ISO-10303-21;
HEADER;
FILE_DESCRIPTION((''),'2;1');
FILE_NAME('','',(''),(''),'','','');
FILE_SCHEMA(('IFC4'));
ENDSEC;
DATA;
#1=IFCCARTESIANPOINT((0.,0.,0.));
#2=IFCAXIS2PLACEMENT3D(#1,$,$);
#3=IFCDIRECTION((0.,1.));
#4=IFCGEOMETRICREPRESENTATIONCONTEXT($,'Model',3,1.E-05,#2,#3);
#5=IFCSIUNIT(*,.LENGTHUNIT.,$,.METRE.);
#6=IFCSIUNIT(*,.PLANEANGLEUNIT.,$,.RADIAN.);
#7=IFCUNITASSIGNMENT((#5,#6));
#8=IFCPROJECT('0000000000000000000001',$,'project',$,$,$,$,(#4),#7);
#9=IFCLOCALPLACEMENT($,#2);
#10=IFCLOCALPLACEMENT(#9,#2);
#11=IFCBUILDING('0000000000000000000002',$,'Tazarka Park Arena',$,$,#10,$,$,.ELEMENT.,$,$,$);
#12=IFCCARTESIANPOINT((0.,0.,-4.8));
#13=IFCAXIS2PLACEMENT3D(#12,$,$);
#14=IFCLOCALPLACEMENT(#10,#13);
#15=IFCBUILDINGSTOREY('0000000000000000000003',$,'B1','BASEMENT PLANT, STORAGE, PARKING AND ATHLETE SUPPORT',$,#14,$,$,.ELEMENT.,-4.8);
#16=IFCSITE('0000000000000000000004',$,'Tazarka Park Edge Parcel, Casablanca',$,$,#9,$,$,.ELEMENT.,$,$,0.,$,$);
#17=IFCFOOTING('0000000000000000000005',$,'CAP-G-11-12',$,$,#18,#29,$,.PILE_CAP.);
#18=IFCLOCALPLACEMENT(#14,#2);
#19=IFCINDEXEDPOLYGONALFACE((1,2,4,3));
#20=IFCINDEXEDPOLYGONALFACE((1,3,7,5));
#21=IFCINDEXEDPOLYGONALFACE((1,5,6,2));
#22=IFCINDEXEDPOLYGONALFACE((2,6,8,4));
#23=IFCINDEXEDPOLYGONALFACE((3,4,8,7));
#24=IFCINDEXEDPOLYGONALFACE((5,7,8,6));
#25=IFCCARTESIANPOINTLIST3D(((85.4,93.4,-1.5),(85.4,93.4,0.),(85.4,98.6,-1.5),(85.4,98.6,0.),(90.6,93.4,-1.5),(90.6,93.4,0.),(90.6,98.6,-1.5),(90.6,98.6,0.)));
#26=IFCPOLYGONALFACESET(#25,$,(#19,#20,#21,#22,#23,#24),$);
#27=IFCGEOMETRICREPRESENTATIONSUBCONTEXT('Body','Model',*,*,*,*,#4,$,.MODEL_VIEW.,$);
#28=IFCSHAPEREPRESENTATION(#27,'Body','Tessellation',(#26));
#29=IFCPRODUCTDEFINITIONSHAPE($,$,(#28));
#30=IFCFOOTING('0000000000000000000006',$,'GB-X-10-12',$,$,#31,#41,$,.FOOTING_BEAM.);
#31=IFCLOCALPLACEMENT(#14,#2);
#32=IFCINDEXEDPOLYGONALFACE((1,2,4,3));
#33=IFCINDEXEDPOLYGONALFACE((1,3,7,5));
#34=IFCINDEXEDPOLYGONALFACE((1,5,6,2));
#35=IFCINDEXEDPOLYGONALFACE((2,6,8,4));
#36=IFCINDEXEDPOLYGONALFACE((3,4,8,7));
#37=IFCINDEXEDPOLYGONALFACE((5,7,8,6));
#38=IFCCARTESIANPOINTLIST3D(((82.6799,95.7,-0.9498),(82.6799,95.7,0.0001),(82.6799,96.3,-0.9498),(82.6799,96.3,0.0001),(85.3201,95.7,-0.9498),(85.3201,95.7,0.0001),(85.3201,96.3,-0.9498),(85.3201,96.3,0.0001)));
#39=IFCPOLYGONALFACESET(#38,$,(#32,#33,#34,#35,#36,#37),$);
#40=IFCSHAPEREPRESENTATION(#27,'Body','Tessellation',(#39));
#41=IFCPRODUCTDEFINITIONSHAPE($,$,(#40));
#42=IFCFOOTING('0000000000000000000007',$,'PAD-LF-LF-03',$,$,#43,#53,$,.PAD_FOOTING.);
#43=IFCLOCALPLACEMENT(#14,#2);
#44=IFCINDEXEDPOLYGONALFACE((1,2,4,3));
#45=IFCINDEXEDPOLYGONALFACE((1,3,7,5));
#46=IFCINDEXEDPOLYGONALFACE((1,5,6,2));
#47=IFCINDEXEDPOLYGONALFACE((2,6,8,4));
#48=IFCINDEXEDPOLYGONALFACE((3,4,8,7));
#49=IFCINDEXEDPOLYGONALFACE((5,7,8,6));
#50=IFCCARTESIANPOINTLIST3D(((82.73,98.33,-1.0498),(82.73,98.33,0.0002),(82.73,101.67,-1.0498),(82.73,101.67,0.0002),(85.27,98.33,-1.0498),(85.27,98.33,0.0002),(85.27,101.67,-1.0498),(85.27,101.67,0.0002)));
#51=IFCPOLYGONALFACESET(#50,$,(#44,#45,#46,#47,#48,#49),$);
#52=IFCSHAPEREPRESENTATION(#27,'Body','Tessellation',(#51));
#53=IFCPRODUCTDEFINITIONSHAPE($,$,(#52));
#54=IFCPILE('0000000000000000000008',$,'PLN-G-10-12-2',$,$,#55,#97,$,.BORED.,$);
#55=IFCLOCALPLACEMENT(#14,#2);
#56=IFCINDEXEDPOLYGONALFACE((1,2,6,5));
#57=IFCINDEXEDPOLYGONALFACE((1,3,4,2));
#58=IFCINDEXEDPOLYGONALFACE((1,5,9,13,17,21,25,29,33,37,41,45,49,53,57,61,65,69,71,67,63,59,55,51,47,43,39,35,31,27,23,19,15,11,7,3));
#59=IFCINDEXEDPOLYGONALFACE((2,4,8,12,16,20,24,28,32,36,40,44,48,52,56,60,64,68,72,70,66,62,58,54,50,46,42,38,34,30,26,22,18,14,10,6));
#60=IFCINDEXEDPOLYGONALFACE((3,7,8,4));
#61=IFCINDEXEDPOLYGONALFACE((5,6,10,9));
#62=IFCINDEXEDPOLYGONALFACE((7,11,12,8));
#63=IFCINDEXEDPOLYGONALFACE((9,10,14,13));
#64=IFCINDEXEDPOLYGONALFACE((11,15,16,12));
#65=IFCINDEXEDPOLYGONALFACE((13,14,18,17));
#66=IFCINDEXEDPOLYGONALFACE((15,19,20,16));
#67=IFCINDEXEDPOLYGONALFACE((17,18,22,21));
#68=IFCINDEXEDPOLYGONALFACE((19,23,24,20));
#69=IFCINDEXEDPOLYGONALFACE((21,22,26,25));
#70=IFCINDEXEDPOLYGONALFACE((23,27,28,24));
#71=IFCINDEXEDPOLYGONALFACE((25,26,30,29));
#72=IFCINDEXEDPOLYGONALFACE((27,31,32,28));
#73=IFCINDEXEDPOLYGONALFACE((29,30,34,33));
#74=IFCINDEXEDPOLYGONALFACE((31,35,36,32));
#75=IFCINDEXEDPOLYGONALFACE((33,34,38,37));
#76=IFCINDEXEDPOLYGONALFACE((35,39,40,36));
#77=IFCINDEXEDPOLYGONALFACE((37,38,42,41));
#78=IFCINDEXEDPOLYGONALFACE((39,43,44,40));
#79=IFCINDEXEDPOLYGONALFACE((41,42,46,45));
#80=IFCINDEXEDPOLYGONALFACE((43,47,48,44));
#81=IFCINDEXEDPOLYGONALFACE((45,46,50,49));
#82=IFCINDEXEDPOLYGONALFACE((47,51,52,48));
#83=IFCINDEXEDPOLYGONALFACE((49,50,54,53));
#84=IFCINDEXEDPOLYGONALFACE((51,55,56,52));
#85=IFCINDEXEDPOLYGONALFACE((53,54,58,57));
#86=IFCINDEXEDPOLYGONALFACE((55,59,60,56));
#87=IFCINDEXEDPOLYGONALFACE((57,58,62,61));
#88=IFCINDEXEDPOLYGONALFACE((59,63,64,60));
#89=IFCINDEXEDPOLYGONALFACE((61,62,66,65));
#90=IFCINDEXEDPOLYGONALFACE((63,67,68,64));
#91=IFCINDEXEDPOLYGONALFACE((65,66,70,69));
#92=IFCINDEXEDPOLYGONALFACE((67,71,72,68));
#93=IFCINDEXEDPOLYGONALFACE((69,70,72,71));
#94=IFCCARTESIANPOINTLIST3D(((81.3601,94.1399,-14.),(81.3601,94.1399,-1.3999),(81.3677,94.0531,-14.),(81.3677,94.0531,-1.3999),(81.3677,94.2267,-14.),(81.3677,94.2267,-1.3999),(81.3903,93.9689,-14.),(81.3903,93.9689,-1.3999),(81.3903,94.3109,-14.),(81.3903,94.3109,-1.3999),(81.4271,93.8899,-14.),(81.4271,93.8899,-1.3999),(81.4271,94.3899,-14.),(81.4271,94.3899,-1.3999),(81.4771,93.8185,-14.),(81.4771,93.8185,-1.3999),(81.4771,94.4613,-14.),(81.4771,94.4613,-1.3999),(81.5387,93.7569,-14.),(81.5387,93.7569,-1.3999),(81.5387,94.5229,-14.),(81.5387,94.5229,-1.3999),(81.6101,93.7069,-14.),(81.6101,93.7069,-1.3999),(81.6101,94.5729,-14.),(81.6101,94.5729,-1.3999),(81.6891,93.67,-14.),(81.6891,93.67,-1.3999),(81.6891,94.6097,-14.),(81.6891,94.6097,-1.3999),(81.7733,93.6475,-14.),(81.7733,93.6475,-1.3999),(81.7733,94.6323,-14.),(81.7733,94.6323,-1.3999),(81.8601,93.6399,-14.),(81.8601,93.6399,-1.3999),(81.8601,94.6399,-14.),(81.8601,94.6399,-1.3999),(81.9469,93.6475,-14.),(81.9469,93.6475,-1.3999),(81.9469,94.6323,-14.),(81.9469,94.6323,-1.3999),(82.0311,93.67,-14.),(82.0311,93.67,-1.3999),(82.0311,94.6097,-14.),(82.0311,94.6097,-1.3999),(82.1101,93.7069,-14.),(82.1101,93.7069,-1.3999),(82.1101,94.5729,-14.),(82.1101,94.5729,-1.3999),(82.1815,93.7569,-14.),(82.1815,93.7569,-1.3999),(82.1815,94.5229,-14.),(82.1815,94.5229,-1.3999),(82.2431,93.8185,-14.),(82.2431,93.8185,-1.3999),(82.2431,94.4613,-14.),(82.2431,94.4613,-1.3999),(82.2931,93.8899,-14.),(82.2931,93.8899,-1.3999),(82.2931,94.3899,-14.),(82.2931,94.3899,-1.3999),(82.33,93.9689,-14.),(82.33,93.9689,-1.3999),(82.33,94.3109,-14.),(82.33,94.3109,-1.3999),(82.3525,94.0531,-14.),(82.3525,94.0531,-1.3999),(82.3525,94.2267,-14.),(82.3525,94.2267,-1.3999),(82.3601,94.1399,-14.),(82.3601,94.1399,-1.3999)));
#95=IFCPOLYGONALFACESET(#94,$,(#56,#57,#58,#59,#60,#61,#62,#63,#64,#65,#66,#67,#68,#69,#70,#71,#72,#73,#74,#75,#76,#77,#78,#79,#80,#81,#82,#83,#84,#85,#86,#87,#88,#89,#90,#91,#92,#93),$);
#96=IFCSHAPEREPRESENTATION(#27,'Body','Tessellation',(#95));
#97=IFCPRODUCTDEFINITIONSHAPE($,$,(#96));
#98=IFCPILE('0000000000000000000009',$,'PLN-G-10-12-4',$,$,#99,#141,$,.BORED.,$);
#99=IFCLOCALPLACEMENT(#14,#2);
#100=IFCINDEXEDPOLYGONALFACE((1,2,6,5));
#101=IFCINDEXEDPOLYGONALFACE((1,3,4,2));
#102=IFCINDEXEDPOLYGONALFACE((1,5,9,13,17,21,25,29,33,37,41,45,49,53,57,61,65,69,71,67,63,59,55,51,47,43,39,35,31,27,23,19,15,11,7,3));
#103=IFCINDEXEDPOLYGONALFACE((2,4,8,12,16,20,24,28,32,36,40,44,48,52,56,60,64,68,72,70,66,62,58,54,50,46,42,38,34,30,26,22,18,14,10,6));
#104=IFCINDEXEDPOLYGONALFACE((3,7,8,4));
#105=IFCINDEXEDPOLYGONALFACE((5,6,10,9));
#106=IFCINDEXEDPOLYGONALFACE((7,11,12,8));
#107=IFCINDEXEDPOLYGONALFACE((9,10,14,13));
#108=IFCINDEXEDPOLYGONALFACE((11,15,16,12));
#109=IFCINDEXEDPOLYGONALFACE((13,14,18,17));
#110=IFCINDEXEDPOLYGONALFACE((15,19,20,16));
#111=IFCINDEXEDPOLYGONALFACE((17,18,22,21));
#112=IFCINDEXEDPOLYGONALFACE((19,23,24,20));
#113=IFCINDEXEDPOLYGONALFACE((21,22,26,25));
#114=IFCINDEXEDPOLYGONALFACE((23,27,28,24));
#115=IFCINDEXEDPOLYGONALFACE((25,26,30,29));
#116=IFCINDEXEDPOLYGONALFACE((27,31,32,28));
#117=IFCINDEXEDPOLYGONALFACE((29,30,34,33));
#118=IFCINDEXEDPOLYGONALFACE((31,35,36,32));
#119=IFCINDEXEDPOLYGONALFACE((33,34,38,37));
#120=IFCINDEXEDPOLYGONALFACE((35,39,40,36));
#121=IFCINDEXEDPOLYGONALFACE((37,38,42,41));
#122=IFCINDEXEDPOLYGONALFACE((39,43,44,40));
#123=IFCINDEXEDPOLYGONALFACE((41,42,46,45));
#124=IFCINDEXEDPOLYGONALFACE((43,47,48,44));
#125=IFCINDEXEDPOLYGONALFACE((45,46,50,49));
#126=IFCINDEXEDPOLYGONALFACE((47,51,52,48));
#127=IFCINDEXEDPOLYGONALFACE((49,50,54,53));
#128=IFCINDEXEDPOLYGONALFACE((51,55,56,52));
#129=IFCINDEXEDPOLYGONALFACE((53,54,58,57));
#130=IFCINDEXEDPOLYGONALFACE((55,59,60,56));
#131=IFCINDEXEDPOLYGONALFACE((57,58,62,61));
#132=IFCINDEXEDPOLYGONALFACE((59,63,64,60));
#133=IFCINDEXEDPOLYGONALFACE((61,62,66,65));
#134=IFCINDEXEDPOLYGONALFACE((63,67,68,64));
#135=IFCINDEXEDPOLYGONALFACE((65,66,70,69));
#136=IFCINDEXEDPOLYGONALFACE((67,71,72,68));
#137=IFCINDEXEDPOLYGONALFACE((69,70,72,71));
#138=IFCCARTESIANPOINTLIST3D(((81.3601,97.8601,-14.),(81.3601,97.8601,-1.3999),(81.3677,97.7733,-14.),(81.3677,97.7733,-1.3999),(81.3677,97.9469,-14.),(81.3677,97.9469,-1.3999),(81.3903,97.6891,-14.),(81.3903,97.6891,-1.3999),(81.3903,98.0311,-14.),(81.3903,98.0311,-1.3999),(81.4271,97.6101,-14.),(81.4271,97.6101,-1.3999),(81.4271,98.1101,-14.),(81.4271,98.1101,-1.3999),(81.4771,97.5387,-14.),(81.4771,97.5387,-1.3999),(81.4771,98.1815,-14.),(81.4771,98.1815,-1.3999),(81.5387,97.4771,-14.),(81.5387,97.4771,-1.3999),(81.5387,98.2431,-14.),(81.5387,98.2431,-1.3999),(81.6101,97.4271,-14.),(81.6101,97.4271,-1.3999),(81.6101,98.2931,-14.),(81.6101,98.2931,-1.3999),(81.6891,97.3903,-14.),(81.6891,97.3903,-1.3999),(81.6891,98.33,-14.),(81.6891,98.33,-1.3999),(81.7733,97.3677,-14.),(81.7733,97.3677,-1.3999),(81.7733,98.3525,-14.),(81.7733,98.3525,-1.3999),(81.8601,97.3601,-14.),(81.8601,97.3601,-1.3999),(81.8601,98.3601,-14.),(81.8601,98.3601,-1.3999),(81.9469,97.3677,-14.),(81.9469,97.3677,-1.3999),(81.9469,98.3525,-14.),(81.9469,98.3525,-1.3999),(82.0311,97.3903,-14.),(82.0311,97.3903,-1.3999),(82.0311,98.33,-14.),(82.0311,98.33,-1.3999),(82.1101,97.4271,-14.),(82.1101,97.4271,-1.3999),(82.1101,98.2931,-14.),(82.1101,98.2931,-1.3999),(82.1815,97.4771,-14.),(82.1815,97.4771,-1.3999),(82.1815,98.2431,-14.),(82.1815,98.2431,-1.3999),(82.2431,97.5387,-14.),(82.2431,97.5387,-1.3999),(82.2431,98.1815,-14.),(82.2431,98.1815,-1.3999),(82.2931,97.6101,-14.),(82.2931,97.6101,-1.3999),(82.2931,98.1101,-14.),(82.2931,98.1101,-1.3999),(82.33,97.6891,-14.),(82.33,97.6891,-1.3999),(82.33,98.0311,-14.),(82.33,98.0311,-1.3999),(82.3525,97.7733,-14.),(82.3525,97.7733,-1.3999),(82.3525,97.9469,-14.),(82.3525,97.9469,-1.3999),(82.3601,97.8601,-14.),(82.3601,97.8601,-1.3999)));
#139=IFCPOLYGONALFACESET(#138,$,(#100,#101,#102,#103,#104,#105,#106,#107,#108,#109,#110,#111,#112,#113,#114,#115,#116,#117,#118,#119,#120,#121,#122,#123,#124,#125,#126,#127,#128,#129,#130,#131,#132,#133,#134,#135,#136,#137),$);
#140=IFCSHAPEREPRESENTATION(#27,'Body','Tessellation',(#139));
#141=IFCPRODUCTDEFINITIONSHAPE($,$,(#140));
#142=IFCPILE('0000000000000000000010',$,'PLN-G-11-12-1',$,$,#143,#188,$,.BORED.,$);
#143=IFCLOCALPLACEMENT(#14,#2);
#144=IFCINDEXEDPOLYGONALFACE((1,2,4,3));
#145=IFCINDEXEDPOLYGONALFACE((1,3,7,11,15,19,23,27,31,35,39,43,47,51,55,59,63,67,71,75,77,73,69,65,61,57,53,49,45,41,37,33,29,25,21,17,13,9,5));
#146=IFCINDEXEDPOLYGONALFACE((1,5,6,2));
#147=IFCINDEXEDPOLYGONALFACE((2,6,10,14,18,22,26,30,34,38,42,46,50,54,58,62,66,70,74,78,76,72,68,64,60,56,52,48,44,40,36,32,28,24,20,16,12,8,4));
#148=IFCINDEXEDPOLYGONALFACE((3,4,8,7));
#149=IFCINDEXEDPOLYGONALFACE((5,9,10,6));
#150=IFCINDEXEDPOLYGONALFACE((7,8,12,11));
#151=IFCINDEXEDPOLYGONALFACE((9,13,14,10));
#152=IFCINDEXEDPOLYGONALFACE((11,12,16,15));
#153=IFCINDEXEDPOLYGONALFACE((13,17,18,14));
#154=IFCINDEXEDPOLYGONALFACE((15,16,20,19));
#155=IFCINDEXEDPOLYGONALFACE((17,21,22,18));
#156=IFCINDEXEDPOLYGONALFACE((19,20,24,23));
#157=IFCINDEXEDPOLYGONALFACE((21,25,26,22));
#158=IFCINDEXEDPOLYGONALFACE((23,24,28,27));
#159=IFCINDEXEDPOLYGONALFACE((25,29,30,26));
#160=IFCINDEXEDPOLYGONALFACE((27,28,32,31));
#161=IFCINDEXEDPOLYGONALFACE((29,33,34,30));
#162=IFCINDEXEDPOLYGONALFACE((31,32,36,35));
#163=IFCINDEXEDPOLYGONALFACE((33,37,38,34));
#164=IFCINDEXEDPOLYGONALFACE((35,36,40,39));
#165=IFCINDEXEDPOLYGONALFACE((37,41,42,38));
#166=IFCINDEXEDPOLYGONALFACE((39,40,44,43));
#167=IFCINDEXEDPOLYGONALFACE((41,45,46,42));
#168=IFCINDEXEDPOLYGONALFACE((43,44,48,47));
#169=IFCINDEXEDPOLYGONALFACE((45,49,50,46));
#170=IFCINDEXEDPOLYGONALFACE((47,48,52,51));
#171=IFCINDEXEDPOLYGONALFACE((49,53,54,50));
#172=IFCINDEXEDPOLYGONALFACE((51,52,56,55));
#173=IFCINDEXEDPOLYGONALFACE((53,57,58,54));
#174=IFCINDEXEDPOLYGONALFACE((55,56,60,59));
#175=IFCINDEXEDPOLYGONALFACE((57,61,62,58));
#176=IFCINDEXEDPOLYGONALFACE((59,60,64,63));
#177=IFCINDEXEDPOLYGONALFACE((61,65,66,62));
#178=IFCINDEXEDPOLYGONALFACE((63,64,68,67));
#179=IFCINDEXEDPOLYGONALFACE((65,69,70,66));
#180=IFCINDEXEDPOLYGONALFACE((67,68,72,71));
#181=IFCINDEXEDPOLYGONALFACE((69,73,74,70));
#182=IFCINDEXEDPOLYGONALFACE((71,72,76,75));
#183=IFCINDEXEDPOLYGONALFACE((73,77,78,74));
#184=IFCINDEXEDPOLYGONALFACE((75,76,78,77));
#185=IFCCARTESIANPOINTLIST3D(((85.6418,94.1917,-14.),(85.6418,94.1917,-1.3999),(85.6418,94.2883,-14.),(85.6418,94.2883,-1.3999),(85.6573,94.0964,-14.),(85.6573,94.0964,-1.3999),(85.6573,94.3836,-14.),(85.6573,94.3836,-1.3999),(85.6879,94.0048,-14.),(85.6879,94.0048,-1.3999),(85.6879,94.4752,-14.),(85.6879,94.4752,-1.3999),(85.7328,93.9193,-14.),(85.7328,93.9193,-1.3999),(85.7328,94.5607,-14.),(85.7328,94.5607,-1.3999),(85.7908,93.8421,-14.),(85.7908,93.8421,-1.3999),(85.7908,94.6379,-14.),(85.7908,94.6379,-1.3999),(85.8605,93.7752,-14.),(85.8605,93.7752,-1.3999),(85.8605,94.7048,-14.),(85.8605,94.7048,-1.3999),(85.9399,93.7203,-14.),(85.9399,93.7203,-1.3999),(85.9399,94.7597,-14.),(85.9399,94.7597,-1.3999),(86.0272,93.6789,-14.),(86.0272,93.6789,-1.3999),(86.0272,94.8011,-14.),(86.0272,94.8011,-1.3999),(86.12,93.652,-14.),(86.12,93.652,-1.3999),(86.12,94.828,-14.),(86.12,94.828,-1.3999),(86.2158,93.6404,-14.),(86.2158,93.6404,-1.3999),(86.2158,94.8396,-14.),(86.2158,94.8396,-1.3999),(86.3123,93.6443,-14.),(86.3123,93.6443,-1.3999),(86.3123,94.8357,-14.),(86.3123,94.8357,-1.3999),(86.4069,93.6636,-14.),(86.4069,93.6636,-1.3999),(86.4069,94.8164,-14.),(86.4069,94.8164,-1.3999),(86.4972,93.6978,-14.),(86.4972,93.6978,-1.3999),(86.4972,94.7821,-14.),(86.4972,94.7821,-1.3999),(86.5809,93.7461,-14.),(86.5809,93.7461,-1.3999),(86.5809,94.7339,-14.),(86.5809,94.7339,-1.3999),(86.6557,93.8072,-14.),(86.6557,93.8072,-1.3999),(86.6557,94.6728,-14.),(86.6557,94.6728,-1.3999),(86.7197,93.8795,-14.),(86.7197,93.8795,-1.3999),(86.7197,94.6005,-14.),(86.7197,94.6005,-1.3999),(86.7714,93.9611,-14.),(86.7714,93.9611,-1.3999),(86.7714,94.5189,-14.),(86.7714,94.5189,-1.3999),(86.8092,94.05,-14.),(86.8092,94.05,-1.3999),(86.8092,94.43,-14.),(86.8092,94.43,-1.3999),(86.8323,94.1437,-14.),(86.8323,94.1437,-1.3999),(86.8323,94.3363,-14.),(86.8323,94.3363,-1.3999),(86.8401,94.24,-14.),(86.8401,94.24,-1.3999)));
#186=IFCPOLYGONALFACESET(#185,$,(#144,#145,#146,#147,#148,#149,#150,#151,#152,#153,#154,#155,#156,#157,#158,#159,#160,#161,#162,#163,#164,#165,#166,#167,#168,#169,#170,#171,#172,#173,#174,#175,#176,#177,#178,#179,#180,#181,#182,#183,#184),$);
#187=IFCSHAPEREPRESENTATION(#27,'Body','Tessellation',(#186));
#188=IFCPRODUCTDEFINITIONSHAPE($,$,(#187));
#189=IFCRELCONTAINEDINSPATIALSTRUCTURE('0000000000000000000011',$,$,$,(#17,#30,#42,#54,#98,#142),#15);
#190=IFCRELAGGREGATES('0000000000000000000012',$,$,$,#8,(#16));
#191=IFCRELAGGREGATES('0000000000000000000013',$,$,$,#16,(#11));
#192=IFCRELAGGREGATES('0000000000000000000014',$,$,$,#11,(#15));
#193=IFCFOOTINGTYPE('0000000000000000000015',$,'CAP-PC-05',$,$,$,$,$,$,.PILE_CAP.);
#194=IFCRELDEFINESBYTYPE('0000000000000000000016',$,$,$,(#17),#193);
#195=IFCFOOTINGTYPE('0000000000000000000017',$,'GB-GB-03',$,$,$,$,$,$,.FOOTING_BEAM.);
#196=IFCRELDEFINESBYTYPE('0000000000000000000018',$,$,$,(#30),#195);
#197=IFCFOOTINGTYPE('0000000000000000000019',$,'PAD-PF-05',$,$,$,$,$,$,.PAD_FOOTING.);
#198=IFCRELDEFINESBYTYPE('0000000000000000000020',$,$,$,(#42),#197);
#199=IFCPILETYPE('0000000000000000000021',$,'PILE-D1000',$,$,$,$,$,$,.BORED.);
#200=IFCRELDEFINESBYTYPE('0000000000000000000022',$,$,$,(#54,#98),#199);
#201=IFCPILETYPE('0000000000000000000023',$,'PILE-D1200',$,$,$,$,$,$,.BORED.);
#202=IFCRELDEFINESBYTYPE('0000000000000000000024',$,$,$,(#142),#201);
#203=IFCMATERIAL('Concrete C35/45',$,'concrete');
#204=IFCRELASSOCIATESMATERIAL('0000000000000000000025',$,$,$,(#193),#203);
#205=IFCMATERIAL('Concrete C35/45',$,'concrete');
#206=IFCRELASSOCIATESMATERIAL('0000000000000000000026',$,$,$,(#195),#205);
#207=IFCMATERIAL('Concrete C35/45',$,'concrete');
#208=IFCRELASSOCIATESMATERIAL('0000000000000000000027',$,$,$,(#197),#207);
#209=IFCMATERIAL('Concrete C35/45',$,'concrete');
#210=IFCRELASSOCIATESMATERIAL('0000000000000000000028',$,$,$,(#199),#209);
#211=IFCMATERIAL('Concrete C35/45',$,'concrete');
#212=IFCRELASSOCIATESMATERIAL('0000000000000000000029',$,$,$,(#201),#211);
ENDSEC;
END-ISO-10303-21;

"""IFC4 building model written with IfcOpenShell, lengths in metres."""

from ifc_helpers import new_model, si_unit, direction, frame, origin, origin_2d, place, context, subcontext, project, spatial, rectangle, circle, extrude, material, material_profile, profile_set, type_object, element, save


model = new_model("IFC4")

# Units and contexts
model_context = context("Model", 3, precision=1e-05, world=origin(), true_north=direction((0.0, 1.0)))
body_context = subcontext(model_context, "Body", "Model", "MODEL_VIEW")
ifc_project = project(units=[si_unit("LENGTHUNIT", "METRE"), si_unit("PLANEANGLEUNIT", "RADIAN")], contexts=[model_context])

# Site, building, storey
site_placement = place(None, origin())
site = spatial("IfcSite", under=ifc_project, at=site_placement, Name="Tazarka Park Edge Parcel, Casablanca", CompositionType="ELEMENT", RefElevation=0.0)
building_placement = place(site_placement, origin())
building = spatial("IfcBuilding", under=site, at=building_placement, Name="Tazarka Park Arena", CompositionType="ELEMENT")
storey_placement = place(building_placement, frame((0.0, 0.0, -4.8)))
storey = spatial("IfcBuildingStorey", under=building, at=storey_placement, Name="B1", Description="BASEMENT PLANT, STORAGE, PARKING AND ATHLETE SUPPORT", CompositionType="ELEMENT", Elevation=-4.8)

# Footings
ifc_material_1 = material(Name="Concrete C35/45", Category="concrete")
footing_type_1 = type_object("IfcFootingType", Name="CAP-PC-05", PredefinedType="PILE_CAP", material=ifc_material_1)
footing_1_placement = place(storey_placement, frame((88.0, 96.0, -1.5), z_axis=(0.0, 0.0, 1.0), x_axis=(1.0, 0.0, 0.0)))
element("IfcFooting", 1, at=footing_1_placement, inside=storey, type_object=footing_type_1, Name="CAP-G-11-12", PredefinedType="PILE_CAP", context=body_context, shape_type="SweptSolid", body=[
    extrude(rectangle(XDim=5.2, YDim=5.2, at=origin_2d()), origin(), (0.0, 0.0, 1.0), 1.5),
])
ifc_material_2 = material(Name="Concrete C35/45", Category="concrete")
ifc_material_profile_1 = material_profile(ifc_material_2, rectangle(XDim=0.6001, YDim=0.95, at=origin_2d()), Name="Concrete C35/45")
ifc_profile_set_1 = profile_set([ifc_material_profile_1], Name="Concrete C35/45")
footing_type_2 = type_object("IfcFootingType", Name="GB-GB-03", PredefinedType="FOOTING_BEAM", material=ifc_profile_set_1)
footing_2_placement = place(storey_placement, frame((82.6799, 96.0, -0.4749), z_axis=(1.0, 0.0, 0.0), x_axis=(0.0, 1.0, 0.0)))
element("IfcFooting", 2, at=footing_2_placement, inside=storey, type_object=footing_type_2, Name="GB-X-10-12", PredefinedType="FOOTING_BEAM", context=body_context, shape_type="SweptSolid", body=[
    extrude(rectangle(XDim=0.6001, YDim=0.95, at=origin_2d()), origin(), (0.0, 0.0, 1.0), 2.6401),
])
ifc_material_3 = material(Name="Concrete C35/45", Category="concrete")
footing_type_3 = type_object("IfcFootingType", Name="PAD-PF-05", PredefinedType="PAD_FOOTING", material=ifc_material_3)
footing_3_placement = place(storey_placement, frame((84.0, 100.0, -1.0498), z_axis=(0.0, 0.0, 1.0), x_axis=(1.0, 0.0, 0.0)))
element("IfcFooting", 3, at=footing_3_placement, inside=storey, type_object=footing_type_3, Name="PAD-LF-LF-03", PredefinedType="PAD_FOOTING", context=body_context, shape_type="SweptSolid", body=[
    extrude(rectangle(XDim=2.54, YDim=3.3401, at=origin_2d()), origin(), (0.0, 0.0, 1.0), 1.05),
])

# Piles
ifc_material_4 = material(Name="Concrete C35/45", Category="concrete")
ifc_material_profile_2 = material_profile(ifc_material_4, circle(Radius=0.5, at=origin_2d()), Name="Concrete C35/45")
ifc_profile_set_2 = profile_set([ifc_material_profile_2], Name="Concrete C35/45")
pile_type_1 = type_object("IfcPileType", Name="PILE-D1000", PredefinedType="BORED", material=ifc_profile_set_2)
for number, where, z_axis, x_axis, name in (
    (4, (81.8601, 94.1399, -1.3999), (0.0, 0.0, -1.0), (1.0, 0.0, 0.0), "PLN-G-10-12-2"),
    (5, (81.8601, 97.8601, -1.3999), (0.0, 0.0, -1.0), (1.0, 0.0, 0.0), "PLN-G-10-12-4"),
):
    element("IfcPile", number, at=place(storey_placement, frame(where, z_axis=z_axis, x_axis=x_axis)), inside=storey, type_object=pile_type_1, Name=name, PredefinedType="BORED", context=body_context, shape_type="SweptSolid", body=[
        extrude(circle(Radius=0.5, at=origin_2d()), origin(), (0.0, 0.0, 1.0), 12.6001),
    ])
ifc_material_5 = material(Name="Concrete C35/45", Category="concrete")
ifc_material_profile_3 = material_profile(ifc_material_5, circle(Radius=0.6001, at=origin_2d()), Name="Concrete C35/45")
ifc_profile_set_3 = profile_set([ifc_material_profile_3], Name="Concrete C35/45")
pile_type_2 = type_object("IfcPileType", Name="PILE-D1200", PredefinedType="BORED", material=ifc_profile_set_3)
for number, where, z_axis, x_axis, name in (
    (6, (86.24, 94.24, -1.3999), (0.0, 0.0, -1.0), (1.0, 0.0, 0.0), "PLN-G-11-12-1"),
):
    element("IfcPile", number, at=place(storey_placement, frame(where, z_axis=z_axis, x_axis=x_axis)), inside=storey, type_object=pile_type_2, Name=name, PredefinedType="BORED", context=body_context, shape_type="SweptSolid", body=[
        extrude(circle(Radius=0.6001, at=origin_2d()), origin(), (0.0, 0.0, 1.0), 12.6001),
    ])

save(model, "model.ifc")
